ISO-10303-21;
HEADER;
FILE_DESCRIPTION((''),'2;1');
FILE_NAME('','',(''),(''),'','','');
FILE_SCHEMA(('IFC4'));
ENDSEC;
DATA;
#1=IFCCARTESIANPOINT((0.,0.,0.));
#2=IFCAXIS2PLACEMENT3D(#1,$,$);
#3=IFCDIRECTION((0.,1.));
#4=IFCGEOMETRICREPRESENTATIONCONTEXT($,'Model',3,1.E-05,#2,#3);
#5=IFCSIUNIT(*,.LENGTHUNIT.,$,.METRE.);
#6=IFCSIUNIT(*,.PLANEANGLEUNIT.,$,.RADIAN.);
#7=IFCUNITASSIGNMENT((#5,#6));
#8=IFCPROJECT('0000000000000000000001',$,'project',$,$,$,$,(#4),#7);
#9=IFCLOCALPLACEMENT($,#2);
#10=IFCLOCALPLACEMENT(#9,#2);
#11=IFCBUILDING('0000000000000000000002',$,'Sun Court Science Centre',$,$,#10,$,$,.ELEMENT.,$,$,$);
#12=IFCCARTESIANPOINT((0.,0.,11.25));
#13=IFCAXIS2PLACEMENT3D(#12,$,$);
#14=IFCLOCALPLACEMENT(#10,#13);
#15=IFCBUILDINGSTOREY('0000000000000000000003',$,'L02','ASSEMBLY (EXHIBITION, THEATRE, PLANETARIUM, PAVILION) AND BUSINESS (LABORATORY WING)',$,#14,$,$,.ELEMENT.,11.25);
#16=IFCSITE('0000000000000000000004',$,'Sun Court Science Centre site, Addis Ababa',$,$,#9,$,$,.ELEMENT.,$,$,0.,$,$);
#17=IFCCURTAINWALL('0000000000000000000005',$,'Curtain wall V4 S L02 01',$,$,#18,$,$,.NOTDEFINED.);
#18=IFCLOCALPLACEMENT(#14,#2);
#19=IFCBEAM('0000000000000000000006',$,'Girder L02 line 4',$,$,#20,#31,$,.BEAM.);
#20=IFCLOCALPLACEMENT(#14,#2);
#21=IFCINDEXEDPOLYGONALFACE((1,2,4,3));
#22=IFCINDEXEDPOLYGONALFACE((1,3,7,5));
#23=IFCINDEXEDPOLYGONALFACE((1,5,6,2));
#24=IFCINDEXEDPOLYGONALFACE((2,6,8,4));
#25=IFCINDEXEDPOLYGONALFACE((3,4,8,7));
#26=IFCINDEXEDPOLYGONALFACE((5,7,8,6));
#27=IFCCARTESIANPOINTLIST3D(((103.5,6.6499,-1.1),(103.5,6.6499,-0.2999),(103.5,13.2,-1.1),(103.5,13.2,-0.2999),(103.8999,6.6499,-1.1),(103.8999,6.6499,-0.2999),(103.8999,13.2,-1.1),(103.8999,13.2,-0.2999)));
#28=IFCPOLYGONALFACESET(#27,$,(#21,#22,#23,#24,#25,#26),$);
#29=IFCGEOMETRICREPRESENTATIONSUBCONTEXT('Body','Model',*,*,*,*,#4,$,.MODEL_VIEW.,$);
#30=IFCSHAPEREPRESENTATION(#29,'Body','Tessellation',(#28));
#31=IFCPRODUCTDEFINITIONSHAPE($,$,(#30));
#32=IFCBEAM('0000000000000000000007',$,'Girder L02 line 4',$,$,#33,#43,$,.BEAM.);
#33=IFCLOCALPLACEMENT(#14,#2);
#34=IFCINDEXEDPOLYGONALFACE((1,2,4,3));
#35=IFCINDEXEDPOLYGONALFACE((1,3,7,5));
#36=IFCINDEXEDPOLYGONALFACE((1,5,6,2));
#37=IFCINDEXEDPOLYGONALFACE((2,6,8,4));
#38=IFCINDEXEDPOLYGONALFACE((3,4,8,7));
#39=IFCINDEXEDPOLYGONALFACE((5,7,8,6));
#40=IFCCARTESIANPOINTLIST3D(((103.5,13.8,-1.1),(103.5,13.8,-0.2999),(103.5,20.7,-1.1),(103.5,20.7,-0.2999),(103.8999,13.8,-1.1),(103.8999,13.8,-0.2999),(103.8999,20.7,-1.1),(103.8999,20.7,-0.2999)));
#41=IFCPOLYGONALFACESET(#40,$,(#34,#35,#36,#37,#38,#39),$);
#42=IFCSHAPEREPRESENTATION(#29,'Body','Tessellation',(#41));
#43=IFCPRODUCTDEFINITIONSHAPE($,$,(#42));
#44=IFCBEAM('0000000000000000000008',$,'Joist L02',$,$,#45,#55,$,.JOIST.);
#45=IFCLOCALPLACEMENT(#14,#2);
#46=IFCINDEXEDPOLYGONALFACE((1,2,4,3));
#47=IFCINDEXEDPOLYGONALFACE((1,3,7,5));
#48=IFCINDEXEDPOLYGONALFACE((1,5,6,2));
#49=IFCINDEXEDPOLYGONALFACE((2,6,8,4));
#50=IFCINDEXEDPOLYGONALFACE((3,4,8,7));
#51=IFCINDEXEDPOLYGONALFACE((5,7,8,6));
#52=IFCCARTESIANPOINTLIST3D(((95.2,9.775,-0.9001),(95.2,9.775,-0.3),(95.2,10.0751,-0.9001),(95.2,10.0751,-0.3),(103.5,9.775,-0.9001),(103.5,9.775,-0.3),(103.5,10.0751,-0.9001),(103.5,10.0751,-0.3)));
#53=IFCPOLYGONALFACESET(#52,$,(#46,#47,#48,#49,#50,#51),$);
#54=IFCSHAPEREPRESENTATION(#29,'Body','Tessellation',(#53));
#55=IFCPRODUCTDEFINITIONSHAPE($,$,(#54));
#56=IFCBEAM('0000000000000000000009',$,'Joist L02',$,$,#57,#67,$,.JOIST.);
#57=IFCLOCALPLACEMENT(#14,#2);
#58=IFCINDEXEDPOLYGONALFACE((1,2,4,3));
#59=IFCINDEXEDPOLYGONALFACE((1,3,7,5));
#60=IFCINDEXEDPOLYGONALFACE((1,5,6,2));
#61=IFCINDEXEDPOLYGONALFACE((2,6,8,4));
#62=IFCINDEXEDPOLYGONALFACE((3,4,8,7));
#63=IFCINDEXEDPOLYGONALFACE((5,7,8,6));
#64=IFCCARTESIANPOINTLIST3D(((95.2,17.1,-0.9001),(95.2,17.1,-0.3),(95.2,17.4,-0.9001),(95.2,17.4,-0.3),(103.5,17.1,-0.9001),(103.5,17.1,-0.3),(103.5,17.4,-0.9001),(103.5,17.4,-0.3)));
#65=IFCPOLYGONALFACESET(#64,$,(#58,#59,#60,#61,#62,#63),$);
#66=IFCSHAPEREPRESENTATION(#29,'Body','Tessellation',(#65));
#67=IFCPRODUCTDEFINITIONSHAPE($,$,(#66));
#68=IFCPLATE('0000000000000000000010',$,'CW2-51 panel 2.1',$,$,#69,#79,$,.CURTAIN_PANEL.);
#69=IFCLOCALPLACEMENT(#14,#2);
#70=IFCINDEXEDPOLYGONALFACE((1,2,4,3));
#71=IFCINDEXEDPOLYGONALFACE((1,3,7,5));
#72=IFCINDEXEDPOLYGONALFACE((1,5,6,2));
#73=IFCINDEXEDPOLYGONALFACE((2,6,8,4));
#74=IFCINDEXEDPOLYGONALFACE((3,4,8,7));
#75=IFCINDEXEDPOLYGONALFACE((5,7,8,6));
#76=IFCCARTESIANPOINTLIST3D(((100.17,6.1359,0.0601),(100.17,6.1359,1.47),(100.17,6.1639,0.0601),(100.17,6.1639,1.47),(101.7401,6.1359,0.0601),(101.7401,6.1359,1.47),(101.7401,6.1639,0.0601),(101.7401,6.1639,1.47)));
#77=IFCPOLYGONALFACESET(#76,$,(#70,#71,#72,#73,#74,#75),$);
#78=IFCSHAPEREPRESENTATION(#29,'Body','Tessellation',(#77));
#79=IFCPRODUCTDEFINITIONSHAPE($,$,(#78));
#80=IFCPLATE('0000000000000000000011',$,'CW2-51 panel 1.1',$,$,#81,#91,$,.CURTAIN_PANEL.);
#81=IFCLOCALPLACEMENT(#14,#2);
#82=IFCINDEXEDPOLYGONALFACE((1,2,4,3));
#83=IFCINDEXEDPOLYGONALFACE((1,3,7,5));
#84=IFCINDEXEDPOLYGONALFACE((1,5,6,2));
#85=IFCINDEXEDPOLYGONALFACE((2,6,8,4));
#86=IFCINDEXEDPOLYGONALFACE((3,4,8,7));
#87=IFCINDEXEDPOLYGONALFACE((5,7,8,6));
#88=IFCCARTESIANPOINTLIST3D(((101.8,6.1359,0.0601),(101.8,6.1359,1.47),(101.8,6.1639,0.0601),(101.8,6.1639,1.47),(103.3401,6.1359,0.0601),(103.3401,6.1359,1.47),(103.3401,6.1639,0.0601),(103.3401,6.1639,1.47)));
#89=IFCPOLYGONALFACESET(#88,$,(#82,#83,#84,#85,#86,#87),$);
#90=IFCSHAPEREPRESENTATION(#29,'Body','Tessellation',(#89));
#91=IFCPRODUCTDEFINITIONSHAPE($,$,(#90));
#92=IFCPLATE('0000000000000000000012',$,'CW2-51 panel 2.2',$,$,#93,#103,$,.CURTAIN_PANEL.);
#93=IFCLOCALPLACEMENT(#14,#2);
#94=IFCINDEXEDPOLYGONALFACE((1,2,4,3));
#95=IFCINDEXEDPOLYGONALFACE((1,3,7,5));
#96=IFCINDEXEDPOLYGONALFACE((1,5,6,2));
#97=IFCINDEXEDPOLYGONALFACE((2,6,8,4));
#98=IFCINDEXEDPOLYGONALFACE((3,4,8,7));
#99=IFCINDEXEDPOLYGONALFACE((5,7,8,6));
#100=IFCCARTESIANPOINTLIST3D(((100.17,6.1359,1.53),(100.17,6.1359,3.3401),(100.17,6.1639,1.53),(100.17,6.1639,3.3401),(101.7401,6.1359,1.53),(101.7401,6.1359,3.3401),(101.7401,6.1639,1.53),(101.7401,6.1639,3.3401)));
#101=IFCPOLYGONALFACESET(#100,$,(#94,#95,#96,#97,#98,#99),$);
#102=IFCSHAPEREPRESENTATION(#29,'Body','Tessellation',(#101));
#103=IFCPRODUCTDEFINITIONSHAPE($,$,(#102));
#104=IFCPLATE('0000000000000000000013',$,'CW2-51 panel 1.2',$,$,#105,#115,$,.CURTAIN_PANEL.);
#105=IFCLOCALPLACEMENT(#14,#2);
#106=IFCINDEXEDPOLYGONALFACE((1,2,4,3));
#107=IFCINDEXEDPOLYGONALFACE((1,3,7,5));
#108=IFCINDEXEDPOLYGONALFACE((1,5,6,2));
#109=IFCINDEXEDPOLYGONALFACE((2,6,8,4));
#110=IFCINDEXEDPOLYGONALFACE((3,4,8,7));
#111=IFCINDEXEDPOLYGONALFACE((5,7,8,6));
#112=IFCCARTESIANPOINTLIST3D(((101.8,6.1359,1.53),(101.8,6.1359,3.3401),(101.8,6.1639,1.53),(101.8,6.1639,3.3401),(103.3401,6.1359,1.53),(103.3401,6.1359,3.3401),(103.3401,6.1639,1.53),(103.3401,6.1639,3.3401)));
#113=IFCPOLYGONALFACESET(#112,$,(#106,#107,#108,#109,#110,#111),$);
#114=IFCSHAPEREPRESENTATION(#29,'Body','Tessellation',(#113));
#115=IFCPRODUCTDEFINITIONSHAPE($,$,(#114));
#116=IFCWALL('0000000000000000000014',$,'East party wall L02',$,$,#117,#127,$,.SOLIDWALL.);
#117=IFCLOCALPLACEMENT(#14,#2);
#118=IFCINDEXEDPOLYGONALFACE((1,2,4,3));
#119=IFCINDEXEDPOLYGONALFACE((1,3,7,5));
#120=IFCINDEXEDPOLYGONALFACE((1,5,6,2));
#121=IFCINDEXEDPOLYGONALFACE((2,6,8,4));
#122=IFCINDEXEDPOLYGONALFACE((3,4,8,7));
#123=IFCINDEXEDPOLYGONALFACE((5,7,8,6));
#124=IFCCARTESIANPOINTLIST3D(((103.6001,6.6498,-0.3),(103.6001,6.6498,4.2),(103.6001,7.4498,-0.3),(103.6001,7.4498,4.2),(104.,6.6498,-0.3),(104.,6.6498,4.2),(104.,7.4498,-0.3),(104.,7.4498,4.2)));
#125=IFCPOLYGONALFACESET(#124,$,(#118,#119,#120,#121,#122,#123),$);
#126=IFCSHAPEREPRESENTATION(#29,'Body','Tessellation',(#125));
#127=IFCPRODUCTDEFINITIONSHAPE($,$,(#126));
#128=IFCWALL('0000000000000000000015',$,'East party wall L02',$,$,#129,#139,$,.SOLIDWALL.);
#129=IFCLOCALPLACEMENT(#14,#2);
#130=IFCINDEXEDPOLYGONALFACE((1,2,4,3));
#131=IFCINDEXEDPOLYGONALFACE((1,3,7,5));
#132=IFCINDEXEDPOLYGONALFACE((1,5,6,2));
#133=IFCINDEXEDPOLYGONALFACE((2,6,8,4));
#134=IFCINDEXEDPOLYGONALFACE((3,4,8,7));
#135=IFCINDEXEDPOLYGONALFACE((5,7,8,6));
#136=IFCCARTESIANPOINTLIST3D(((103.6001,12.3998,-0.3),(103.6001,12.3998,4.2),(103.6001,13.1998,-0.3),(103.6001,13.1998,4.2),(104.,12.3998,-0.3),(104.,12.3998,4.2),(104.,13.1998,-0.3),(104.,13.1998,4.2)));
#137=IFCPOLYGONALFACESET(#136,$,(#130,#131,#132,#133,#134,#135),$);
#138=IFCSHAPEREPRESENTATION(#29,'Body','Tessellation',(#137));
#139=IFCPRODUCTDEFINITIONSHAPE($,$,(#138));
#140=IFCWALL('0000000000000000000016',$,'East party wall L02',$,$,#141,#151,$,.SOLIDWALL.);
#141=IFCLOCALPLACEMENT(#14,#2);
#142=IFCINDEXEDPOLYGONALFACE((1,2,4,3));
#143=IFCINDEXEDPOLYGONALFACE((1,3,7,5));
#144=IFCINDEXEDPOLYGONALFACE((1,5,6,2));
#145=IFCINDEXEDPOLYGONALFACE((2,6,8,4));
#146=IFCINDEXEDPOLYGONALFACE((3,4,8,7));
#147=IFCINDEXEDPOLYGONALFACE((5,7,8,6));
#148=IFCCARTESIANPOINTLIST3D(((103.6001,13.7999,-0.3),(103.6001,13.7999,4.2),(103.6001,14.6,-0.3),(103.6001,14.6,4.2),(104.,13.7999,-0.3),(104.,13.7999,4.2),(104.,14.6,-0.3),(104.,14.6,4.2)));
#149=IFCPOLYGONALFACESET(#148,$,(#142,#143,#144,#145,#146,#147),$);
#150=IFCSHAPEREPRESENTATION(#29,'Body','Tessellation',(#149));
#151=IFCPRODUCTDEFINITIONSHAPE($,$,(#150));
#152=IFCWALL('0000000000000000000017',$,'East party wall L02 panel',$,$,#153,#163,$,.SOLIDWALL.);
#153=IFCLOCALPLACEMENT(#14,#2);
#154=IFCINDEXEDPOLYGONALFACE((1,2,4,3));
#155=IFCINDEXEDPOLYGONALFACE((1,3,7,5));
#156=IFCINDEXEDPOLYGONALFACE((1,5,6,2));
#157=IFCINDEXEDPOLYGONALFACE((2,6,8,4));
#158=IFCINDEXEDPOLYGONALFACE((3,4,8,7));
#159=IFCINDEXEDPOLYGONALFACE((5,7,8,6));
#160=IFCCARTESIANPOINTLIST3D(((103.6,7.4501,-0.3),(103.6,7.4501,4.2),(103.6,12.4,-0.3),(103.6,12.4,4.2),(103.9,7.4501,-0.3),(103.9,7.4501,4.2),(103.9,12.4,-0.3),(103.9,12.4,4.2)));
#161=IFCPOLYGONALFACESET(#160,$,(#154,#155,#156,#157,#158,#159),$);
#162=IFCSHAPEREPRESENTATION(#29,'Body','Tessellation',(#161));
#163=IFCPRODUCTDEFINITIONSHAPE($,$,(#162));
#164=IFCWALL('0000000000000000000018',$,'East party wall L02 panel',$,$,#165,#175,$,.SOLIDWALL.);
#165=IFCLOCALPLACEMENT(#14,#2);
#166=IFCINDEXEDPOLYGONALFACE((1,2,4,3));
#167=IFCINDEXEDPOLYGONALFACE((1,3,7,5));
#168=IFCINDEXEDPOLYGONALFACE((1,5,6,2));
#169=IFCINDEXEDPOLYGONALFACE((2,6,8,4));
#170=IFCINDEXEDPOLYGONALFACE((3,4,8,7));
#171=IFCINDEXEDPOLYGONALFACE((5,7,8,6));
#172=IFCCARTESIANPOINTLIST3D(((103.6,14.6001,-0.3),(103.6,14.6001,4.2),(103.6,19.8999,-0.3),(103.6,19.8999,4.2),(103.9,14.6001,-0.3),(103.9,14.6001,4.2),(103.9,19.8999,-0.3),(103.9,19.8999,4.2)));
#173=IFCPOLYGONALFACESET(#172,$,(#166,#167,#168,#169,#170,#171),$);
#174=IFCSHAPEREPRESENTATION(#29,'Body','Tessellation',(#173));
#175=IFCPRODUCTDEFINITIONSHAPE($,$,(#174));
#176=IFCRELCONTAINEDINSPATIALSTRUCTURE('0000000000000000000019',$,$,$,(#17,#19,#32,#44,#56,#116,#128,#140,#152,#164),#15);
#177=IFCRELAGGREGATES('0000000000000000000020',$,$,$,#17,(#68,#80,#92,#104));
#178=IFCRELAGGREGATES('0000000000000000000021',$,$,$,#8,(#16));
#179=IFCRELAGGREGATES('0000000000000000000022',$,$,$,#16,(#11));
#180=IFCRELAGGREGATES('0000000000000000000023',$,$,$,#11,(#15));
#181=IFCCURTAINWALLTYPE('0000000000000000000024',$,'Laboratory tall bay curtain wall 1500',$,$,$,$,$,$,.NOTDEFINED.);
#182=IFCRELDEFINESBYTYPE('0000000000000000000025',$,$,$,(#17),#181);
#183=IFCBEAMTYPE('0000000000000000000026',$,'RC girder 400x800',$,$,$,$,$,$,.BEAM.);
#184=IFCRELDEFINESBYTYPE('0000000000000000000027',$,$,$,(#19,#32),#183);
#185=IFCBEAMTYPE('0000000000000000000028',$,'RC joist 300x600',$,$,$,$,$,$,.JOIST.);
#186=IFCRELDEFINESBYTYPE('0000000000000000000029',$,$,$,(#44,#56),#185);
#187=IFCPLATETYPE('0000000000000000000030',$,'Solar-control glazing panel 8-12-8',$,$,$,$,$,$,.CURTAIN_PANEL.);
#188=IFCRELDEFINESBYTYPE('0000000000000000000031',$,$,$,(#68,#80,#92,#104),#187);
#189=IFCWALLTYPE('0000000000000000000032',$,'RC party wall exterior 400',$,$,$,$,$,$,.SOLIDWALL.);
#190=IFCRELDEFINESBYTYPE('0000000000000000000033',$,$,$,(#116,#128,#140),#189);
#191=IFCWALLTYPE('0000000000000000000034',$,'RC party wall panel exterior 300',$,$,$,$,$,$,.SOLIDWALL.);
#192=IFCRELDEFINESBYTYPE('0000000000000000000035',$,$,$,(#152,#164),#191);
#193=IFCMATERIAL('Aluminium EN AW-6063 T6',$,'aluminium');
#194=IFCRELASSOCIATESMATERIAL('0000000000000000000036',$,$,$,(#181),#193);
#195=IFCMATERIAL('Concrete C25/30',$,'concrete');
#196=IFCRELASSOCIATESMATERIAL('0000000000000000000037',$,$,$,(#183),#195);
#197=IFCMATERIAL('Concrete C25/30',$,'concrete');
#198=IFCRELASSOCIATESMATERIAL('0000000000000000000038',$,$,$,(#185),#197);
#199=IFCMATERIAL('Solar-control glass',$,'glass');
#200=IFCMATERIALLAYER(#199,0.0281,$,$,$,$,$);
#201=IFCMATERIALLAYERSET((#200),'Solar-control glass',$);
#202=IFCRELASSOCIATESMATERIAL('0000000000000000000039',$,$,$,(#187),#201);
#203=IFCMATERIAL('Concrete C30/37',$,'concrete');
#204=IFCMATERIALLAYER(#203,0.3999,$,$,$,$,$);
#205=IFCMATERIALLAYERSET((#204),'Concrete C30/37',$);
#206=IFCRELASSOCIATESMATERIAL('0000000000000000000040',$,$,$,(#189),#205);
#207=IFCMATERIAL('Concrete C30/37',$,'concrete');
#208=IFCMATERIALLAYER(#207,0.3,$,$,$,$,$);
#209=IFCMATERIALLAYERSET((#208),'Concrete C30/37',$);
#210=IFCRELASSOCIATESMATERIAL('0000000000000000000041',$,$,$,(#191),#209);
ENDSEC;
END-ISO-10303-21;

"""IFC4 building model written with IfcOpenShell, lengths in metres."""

from ifc_helpers import new_model, si_unit, direction, frame, frame_2d, origin, origin_2d, place, context, subcontext, project, spatial, rectangle, extrude, material, layer, layer_set, material_profile, profile_set, type_object, element, aggregate, save


model = new_model("IFC4")

# Units and contexts
model_context = context("Model", 3, precision=1e-05, world=origin(), true_north=direction((0.0, 1.0)))
body_context = subcontext(model_context, "Body", "Model", "MODEL_VIEW")
ifc_project = project(units=[si_unit("LENGTHUNIT", "METRE"), si_unit("PLANEANGLEUNIT", "RADIAN")], contexts=[model_context])

# Site, building, storey
site_placement = place(None, origin())
site = spatial("IfcSite", under=ifc_project, at=site_placement, Name="Sun Court Science Centre site, Addis Ababa", CompositionType="ELEMENT", RefElevation=0.0)
building_placement = place(site_placement, origin())
building = spatial("IfcBuilding", under=site, at=building_placement, Name="Sun Court Science Centre", CompositionType="ELEMENT")
storey_placement = place(building_placement, frame((0.0, 0.0, 11.25)))
storey = spatial("IfcBuildingStorey", under=building, at=storey_placement, Name="L02", Description="ASSEMBLY (EXHIBITION, THEATRE, PLANETARIUM, PAVILION) AND BUSINESS (LABORATORY WING)", CompositionType="ELEMENT", Elevation=11.25)

# Curtain wall
ifc_material_1 = material(Name="Aluminium EN AW-6063 T6", Category="aluminium")
curtain_wall_type = type_object("IfcCurtainWallType", Name="Laboratory tall bay curtain wall 1500", PredefinedType="NOTDEFINED", material=ifc_material_1)
curtain_wall_placement = place(storey_placement, origin())
curtain_wall = element("IfcCurtainWall", 1, at=curtain_wall_placement, inside=storey, type_object=curtain_wall_type, Name="Curtain wall V4 S L02 01", PredefinedType="NOTDEFINED")

# Beams
ifc_material_2 = material(Name="Concrete C25/30", Category="concrete")
ifc_material_profile_1 = material_profile(ifc_material_2, rectangle(XDim=0.3999, YDim=0.8, at=origin_2d()), Name="RC 400x800")
ifc_profile_set_1 = profile_set([ifc_material_profile_1], Name="Concrete C25/30")
beam_type_1 = type_object("IfcBeamType", Name="RC girder 400x800", PredefinedType="BEAM", material=ifc_profile_set_1)
beam_1_placement = place(storey_placement, frame((103.7, 6.6499, -0.7), z_axis=(0.0, 1.0, 0.0), x_axis=(-1.0, 0.0, 0.0)))
element("IfcBeam", 2, at=beam_1_placement, inside=storey, type_object=beam_type_1, Name="Girder L02 line 4", PredefinedType="BEAM", context=body_context, shape_type="SweptSolid", body=[
    extrude(rectangle(XDim=0.3999, YDim=0.8, at=origin_2d()), origin(), (0.0, 0.0, 1.0), 6.55),
])
beam_2_placement = place(storey_placement, frame((103.7, 13.8, -0.7), z_axis=(0.0, 1.0, 0.0), x_axis=(-1.0, 0.0, 0.0)))
element("IfcBeam", 3, at=beam_2_placement, inside=storey, type_object=beam_type_1, Name="Girder L02 line 4", PredefinedType="BEAM", context=body_context, shape_type="SweptSolid", body=[
    extrude(rectangle(XDim=0.3999, YDim=0.8, at=origin_2d()), origin(), (0.0, 0.0, 1.0), 6.8999),
])
ifc_material_3 = material(Name="Concrete C25/30", Category="concrete")
ifc_material_profile_2 = material_profile(ifc_material_3, rectangle(XDim=0.3, YDim=0.6001, at=origin_2d()), Name="RC 300x600")
ifc_profile_set_2 = profile_set([ifc_material_profile_2], Name="Concrete C25/30")
beam_type_2 = type_object("IfcBeamType", Name="RC joist 300x600", PredefinedType="JOIST", material=ifc_profile_set_2)
for number, where, z_axis, x_axis, name in (
    (4, (95.2, 9.925, -0.6001), (1.0, 0.0, 0.0), (0.0, 1.0, 0.0), "Joist L02"),
    (5, (95.2, 17.25, -0.6001), (1.0, 0.0, 0.0), (0.0, 1.0, 0.0), "Joist L02"),
):
    element("IfcBeam", number, at=place(storey_placement, frame(where, z_axis=z_axis, x_axis=x_axis)), inside=storey, type_object=beam_type_2, Name=name, PredefinedType="JOIST", context=body_context, shape_type="SweptSolid", body=[
        extrude(rectangle(XDim=0.3, YDim=0.6001, at=origin_2d()), origin(), (0.0, 0.0, 1.0), 8.3),
    ])

# Plates
ifc_material_4 = material(Name="Solar-control glass", Category="glass")
ifc_layer_1 = layer(ifc_material_4, 0.0281)
ifc_layer_set_1 = layer_set([ifc_layer_1], Name="Solar-control glass")
plate_type = type_object("IfcPlateType", Name="Solar-control glazing panel 8-12-8", PredefinedType="CURTAIN_PANEL", material=ifc_layer_set_1)
plate_1_placement = place(storey_placement, frame((100.9551, 6.1499, 0.0601), z_axis=(0.0, 0.0, 1.0), x_axis=(-1.0, 0.0, 0.0)))
plate_1 = element("IfcPlate", 6, at=plate_1_placement, type_object=plate_type, Name="CW2-51 panel 2.1", PredefinedType="CURTAIN_PANEL", context=body_context, shape_type="SweptSolid", body=[
    extrude(rectangle(XDim=1.5701, YDim=0.0281, at=origin_2d()), origin(), (0.0, 0.0, 1.0), 1.4099),
])
plate_2_placement = place(storey_placement, frame((102.5701, 6.1499, 0.0601), z_axis=(0.0, 0.0, 1.0), x_axis=(-1.0, 0.0, 0.0)))
plate_2 = element("IfcPlate", 7, at=plate_2_placement, type_object=plate_type, Name="CW2-51 panel 1.1", PredefinedType="CURTAIN_PANEL", context=body_context, shape_type="SweptSolid", body=[
    extrude(rectangle(XDim=1.54, YDim=0.0281, at=origin_2d()), origin(), (0.0, 0.0, 1.0), 1.4099),
])
plate_3_placement = place(storey_placement, frame((100.9551, 6.1499, 1.53), z_axis=(0.0, 0.0, 1.0), x_axis=(-1.0, 0.0, 0.0)))
plate_3 = element("IfcPlate", 8, at=plate_3_placement, type_object=plate_type, Name="CW2-51 panel 2.2", PredefinedType="CURTAIN_PANEL", context=body_context, shape_type="SweptSolid", body=[
    extrude(rectangle(XDim=1.5701, YDim=0.0281, at=origin_2d()), origin(), (0.0, 0.0, 1.0), 1.8101),
])
plate_4_placement = place(storey_placement, frame((102.5701, 6.1499, 1.53), z_axis=(0.0, 0.0, 1.0), x_axis=(-1.0, 0.0, 0.0)))
plate_4 = element("IfcPlate", 9, at=plate_4_placement, type_object=plate_type, Name="CW2-51 panel 1.2", PredefinedType="CURTAIN_PANEL", context=body_context, shape_type="SweptSolid", body=[
    extrude(rectangle(XDim=1.54, YDim=0.0281, at=origin_2d()), origin(), (0.0, 0.0, 1.0), 1.8101),
])
aggregate(curtain_wall, [plate_1, plate_2, plate_3, plate_4])

# Walls
ifc_material_5 = material(Name="Concrete C30/37", Category="concrete")
ifc_layer_2 = layer(ifc_material_5, 0.3999)
ifc_layer_set_2 = layer_set([ifc_layer_2], Name="Concrete C30/37")
wall_type_1 = type_object("IfcWallType", Name="RC party wall exterior 400", PredefinedType="SOLIDWALL", material=ifc_layer_set_2)
for number, where, z_axis, x_axis, name in (
    (10, (103.8, 6.6499, -0.3), (0.0, 0.0, 1.0), (0.0, 1.0, 0.0), "East party wall L02"),
    (11, (103.8, 12.3999, -0.3), (0.0, 0.0, 1.0), (0.0, 1.0, 0.0), "East party wall L02"),
    (12, (103.8, 13.8, -0.3), (0.0, 0.0, 1.0), (0.0, 1.0, 0.0), "East party wall L02"),
):
    element("IfcWall", number, at=place(storey_placement, frame(where, z_axis=z_axis, x_axis=x_axis)), inside=storey, type_object=wall_type_1, Name=name, PredefinedType="SOLIDWALL", context=body_context, shape_type="SweptSolid", body=[
        extrude(rectangle(XDim=0.8, YDim=0.3999, at=frame_2d((0.3999, 0.0))), origin(), (0.0, 0.0, 1.0), 4.5),
    ])
ifc_material_6 = material(Name="Concrete C30/37", Category="concrete")
ifc_layer_3 = layer(ifc_material_6, 0.3)
ifc_layer_set_3 = layer_set([ifc_layer_3], Name="Concrete C30/37")
wall_type_2 = type_object("IfcWallType", Name="RC party wall panel exterior 300", PredefinedType="SOLIDWALL", material=ifc_layer_set_3)
wall_1_placement = place(storey_placement, frame((103.75, 7.45, -0.3), z_axis=(0.0, 0.0, 1.0), x_axis=(0.0, 1.0, 0.0)))
element("IfcWall", 13, at=wall_1_placement, inside=storey, type_object=wall_type_2, Name="East party wall L02 panel", PredefinedType="SOLIDWALL", context=body_context, shape_type="SweptSolid", body=[
    extrude(rectangle(XDim=4.95, YDim=0.3, at=frame_2d((2.4751, 0.0))), origin(), (0.0, 0.0, 1.0), 4.5),
])
wall_2_placement = place(storey_placement, frame((103.75, 14.6001, -0.3), z_axis=(0.0, 0.0, 1.0), x_axis=(0.0, 1.0, 0.0)))
element("IfcWall", 14, at=wall_2_placement, inside=storey, type_object=wall_type_2, Name="East party wall L02 panel", PredefinedType="SOLIDWALL", context=body_context, shape_type="SweptSolid", body=[
    extrude(rectangle(XDim=5.2998, YDim=0.3, at=frame_2d((2.6499, 0.0))), origin(), (0.0, 0.0, 1.0), 4.5),
])

save(model, "model.ifc")
